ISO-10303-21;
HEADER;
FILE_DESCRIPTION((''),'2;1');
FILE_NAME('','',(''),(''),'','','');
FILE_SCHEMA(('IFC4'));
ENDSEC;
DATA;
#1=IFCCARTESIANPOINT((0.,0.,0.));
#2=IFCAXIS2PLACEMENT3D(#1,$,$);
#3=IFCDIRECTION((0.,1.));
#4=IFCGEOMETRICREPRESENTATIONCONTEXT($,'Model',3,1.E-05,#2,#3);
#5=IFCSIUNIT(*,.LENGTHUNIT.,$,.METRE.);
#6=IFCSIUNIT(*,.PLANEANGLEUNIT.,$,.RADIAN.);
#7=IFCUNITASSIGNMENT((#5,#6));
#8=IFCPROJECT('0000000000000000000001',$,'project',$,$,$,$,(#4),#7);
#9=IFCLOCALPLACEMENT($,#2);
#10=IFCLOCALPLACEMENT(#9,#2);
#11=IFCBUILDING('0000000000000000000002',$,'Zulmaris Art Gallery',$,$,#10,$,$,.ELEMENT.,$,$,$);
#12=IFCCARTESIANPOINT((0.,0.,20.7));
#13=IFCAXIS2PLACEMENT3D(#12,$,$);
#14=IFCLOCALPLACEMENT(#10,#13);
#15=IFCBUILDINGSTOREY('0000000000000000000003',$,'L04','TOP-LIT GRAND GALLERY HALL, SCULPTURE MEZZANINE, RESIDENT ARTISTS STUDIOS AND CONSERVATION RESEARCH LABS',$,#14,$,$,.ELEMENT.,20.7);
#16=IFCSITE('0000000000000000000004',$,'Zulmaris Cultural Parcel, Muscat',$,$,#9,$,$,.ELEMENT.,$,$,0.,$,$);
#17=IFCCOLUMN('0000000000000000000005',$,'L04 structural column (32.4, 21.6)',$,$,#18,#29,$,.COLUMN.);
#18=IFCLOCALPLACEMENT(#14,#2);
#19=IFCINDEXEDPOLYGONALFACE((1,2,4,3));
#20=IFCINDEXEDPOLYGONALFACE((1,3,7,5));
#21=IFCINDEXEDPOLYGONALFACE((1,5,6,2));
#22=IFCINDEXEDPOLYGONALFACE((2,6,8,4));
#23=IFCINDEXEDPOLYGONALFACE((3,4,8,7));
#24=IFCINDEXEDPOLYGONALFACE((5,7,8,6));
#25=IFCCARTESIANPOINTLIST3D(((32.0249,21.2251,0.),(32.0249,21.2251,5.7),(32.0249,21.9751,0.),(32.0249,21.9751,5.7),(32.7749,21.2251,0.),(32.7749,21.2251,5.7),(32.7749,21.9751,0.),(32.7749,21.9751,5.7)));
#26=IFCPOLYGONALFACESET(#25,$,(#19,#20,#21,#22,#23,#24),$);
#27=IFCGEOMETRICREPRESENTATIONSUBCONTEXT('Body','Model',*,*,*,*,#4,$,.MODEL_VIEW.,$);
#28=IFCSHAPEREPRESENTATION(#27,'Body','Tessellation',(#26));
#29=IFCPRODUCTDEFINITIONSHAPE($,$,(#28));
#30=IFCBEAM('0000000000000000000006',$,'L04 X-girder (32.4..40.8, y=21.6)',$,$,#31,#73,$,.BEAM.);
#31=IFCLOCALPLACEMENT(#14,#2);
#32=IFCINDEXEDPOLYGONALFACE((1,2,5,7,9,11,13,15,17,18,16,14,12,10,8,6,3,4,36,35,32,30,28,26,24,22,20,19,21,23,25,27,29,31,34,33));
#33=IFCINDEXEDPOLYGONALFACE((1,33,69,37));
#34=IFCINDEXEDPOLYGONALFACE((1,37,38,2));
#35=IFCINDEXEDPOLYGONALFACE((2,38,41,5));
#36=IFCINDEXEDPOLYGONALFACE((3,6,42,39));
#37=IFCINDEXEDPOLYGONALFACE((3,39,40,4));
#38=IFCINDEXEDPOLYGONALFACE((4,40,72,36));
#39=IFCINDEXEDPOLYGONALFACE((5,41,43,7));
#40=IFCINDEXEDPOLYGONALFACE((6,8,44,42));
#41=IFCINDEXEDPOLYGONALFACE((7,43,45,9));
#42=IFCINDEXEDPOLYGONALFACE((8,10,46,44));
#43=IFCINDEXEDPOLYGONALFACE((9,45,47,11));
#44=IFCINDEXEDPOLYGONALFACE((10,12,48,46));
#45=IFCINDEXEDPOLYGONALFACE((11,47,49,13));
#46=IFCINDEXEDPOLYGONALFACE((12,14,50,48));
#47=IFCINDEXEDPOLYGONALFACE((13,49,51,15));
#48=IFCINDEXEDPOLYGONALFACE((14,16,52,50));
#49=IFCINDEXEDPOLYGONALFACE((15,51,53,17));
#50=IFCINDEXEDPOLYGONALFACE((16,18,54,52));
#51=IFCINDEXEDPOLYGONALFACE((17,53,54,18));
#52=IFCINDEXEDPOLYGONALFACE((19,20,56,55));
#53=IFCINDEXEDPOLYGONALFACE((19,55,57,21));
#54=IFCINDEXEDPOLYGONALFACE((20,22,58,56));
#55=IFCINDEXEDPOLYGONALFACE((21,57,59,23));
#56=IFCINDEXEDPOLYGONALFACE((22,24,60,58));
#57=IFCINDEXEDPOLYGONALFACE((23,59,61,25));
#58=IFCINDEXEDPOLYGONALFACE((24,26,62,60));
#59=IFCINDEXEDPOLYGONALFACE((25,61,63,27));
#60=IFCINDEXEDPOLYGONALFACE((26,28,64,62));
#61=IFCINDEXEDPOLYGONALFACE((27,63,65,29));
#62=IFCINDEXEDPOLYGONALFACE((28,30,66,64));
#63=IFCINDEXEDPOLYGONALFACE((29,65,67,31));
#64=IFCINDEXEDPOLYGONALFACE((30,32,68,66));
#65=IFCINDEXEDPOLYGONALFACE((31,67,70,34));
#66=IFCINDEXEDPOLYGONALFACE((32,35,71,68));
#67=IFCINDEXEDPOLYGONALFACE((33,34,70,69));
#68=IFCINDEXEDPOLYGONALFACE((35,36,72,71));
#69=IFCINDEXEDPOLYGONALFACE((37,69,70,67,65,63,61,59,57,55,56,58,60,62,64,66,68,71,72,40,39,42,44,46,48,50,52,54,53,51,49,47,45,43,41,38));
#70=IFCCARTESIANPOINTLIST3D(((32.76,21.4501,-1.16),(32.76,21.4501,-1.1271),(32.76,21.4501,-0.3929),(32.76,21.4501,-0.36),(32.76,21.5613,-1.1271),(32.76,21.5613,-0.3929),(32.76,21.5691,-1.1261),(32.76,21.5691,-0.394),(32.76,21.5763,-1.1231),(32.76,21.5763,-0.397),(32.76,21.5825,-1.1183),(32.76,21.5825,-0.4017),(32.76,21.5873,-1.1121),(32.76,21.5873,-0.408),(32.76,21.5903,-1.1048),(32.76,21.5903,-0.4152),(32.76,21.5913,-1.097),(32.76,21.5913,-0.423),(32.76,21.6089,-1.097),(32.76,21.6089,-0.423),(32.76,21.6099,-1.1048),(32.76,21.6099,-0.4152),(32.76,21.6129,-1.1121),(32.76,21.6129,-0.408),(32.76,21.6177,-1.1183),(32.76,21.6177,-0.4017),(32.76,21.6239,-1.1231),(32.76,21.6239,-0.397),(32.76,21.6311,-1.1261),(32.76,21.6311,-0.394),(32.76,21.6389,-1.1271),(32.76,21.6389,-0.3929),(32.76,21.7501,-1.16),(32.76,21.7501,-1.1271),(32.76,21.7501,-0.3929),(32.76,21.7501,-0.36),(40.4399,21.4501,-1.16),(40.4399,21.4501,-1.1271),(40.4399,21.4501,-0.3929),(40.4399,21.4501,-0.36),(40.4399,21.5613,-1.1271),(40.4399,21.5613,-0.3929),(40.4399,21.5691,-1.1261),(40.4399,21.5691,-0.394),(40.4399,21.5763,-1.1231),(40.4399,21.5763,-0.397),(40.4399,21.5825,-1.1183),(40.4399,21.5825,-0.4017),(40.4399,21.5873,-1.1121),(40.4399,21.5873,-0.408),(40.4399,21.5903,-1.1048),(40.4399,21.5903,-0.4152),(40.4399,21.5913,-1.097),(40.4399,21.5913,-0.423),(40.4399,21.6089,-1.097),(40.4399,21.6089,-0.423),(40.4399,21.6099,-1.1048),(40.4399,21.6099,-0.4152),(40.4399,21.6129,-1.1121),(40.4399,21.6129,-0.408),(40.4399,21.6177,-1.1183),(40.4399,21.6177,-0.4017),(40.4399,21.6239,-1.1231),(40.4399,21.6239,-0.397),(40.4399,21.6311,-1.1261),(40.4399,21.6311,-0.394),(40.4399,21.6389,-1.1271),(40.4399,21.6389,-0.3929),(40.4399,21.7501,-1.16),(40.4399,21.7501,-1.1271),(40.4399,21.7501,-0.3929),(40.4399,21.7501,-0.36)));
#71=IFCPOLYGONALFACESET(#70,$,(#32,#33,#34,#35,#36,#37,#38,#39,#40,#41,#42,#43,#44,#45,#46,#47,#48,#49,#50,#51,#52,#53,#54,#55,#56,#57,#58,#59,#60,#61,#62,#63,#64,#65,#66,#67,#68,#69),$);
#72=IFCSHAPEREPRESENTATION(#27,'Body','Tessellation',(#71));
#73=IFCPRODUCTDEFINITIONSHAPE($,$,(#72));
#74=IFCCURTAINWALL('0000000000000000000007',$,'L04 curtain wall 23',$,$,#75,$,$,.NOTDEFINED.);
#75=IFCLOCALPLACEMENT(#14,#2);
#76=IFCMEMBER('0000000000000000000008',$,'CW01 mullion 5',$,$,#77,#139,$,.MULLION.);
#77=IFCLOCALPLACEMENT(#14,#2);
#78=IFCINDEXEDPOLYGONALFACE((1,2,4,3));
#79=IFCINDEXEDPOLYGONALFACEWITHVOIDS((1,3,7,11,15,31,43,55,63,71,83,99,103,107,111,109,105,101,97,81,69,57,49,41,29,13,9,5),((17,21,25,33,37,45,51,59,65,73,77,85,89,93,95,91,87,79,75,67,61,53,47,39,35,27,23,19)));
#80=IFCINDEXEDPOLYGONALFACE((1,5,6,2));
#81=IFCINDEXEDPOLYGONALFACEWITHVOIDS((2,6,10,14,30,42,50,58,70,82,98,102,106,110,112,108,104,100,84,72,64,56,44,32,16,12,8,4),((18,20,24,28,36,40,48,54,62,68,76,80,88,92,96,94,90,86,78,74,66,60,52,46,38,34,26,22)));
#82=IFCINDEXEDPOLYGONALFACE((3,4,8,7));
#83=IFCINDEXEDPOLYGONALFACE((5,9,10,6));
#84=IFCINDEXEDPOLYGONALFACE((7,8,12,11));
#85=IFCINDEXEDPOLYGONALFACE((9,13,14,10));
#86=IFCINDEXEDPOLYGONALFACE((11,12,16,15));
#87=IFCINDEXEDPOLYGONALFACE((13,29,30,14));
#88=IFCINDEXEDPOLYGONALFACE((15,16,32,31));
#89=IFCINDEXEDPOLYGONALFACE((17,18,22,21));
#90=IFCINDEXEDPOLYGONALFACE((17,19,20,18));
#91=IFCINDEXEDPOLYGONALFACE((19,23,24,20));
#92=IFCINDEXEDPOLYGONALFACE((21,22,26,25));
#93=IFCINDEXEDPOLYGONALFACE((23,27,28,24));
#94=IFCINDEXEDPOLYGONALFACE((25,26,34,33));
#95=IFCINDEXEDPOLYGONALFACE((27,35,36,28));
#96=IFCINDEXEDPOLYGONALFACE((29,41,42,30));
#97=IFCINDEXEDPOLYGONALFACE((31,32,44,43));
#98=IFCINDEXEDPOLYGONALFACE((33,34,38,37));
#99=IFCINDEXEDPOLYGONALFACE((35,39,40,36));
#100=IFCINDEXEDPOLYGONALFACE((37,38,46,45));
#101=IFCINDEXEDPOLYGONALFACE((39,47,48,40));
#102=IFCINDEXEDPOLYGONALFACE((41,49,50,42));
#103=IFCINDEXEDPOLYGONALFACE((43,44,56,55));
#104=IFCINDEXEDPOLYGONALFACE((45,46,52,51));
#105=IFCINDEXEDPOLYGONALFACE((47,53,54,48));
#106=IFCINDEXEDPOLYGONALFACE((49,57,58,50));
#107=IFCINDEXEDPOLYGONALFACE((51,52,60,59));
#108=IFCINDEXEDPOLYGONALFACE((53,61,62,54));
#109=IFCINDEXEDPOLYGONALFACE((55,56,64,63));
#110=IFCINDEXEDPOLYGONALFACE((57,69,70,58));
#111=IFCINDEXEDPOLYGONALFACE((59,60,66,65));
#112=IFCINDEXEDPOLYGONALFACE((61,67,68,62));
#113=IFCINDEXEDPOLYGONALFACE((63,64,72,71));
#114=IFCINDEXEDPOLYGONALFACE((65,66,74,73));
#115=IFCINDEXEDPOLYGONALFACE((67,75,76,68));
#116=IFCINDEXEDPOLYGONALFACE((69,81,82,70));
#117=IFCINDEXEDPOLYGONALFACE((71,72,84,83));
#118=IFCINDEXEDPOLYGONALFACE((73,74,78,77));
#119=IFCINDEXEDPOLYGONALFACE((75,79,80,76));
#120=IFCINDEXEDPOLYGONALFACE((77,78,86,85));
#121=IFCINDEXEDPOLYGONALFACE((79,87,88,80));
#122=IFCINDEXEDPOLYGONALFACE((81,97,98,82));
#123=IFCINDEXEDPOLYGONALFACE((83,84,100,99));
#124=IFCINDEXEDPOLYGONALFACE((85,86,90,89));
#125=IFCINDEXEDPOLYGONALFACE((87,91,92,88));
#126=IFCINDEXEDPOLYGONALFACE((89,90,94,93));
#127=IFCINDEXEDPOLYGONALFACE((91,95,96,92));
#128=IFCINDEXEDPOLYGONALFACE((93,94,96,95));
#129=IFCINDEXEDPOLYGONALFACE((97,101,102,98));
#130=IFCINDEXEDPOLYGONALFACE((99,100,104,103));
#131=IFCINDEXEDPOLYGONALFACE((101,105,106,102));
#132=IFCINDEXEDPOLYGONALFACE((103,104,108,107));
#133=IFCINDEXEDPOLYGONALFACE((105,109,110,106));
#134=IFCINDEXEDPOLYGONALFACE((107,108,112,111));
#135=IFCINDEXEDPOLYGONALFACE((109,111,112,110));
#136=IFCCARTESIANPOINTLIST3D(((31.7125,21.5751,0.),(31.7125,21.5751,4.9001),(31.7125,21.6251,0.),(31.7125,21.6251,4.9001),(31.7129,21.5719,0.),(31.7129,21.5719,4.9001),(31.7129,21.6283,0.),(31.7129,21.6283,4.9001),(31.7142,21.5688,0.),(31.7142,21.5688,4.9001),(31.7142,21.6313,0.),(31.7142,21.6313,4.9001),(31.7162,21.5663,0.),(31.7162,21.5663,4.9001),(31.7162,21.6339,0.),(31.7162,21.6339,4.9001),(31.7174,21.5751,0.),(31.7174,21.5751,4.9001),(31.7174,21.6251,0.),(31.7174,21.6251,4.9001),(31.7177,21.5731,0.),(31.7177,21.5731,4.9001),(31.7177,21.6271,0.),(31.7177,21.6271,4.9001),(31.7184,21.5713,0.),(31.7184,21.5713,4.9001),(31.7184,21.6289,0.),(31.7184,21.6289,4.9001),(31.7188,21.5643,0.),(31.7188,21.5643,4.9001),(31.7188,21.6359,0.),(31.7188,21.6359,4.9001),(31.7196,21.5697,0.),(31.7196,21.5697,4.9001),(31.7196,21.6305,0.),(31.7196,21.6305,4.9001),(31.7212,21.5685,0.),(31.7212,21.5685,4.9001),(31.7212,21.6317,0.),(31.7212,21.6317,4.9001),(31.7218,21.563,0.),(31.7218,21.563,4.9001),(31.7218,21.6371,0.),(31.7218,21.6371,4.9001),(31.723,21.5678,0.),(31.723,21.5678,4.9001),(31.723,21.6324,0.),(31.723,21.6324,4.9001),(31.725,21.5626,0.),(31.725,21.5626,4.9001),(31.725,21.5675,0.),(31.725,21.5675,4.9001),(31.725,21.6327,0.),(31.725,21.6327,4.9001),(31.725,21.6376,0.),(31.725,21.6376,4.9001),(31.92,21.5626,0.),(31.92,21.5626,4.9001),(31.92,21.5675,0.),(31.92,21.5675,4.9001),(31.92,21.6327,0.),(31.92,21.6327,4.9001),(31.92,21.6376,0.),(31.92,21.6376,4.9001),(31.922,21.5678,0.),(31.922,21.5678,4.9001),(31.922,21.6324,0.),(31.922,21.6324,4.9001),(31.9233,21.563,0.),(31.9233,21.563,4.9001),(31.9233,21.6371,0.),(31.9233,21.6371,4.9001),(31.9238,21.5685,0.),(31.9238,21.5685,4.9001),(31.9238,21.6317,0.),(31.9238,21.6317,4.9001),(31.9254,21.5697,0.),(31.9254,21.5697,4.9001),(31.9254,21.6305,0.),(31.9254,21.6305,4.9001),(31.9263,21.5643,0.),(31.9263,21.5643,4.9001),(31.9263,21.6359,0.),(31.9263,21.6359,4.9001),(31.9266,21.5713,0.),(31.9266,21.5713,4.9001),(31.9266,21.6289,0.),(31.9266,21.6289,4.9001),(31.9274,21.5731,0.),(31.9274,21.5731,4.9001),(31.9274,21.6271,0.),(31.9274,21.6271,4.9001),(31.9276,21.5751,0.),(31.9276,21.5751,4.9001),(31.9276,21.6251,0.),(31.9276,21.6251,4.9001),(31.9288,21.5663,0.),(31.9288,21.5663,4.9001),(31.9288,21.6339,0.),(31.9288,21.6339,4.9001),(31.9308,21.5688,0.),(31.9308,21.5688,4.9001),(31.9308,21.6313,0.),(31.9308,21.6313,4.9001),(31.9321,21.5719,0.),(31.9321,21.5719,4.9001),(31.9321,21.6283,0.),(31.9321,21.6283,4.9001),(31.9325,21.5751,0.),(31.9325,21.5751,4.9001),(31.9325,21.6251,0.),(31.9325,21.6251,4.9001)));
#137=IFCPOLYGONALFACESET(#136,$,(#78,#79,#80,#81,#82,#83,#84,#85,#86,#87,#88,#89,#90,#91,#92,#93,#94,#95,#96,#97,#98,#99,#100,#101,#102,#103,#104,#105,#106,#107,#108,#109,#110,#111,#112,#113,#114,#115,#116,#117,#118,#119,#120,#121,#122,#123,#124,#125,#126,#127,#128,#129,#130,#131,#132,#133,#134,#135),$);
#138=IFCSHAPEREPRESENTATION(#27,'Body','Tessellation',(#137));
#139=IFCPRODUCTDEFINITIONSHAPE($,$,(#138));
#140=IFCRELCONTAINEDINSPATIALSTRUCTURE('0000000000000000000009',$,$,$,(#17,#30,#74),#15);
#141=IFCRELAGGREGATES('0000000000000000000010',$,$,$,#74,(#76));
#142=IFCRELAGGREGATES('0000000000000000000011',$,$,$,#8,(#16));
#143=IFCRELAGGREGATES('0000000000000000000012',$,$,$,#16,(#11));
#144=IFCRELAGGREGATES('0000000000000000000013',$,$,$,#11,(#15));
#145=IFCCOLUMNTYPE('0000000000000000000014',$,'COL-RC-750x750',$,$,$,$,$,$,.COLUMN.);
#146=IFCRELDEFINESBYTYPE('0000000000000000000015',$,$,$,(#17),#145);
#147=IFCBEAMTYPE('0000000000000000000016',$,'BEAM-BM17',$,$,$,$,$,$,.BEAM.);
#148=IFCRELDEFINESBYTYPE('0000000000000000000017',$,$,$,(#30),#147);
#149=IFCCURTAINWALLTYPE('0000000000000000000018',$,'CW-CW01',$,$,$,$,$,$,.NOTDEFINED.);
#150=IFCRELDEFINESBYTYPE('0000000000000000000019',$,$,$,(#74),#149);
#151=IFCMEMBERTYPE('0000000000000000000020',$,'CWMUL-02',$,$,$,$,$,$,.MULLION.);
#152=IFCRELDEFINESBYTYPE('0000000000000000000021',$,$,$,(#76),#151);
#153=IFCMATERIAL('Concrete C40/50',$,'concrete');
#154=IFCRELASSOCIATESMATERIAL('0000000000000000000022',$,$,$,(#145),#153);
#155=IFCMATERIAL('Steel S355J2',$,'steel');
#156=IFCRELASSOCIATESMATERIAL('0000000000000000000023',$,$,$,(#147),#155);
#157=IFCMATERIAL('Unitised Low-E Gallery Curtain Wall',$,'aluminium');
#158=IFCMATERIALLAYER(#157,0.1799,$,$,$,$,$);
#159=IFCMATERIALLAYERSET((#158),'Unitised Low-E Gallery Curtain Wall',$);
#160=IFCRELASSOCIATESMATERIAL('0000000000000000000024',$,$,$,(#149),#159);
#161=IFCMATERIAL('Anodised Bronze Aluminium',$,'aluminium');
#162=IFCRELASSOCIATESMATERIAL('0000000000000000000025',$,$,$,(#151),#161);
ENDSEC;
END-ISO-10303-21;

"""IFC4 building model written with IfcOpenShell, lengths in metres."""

from ifc_helpers import new_model, si_unit, direction, frame, origin, origin_2d, place, context, subcontext, project, spatial, rectangle, hollow_rectangle, i_section, extrude, material, layer, layer_set, material_profile, profile_set, type_object, element, aggregate, save


model = new_model("IFC4")

# Units and contexts
model_context = context("Model", 3, precision=1e-05, world=origin(), true_north=direction((0.0, 1.0)))
body_context = subcontext(model_context, "Body", "Model", "MODEL_VIEW")
ifc_project = project(units=[si_unit("LENGTHUNIT", "METRE"), si_unit("PLANEANGLEUNIT", "RADIAN")], contexts=[model_context])

# Site, building, storey
site_placement = place(None, origin())
site = spatial("IfcSite", under=ifc_project, at=site_placement, Name="Zulmaris Cultural Parcel, Muscat", CompositionType="ELEMENT", RefElevation=0.0)
building_placement = place(site_placement, origin())
building = spatial("IfcBuilding", under=site, at=building_placement, Name="Zulmaris Art Gallery", CompositionType="ELEMENT")
storey_placement = place(building_placement, frame((0.0, 0.0, 20.7)))
storey = spatial("IfcBuildingStorey", under=building, at=storey_placement, Name="L04", Description="TOP-LIT GRAND GALLERY HALL, SCULPTURE MEZZANINE, RESIDENT ARTISTS STUDIOS AND CONSERVATION RESEARCH LABS", CompositionType="ELEMENT", Elevation=20.7)

# Column
ifc_material_1 = material(Name="Concrete C40/50", Category="concrete")
ifc_material_profile_1 = material_profile(ifc_material_1, rectangle(XDim=0.75, YDim=0.75, at=origin_2d()), Name="RC 750x750")
ifc_profile_set_1 = profile_set([ifc_material_profile_1], Name="Concrete C40/50")
column_type = type_object("IfcColumnType", Name="COL-RC-750x750", PredefinedType="COLUMN", material=ifc_profile_set_1)
column_placement = place(storey_placement, frame((32.3999, 21.6001, 0.0), z_axis=(0.0, 0.0, 1.0), x_axis=(1.0, 0.0, 0.0)))
element("IfcColumn", 1, at=column_placement, inside=storey, type_object=column_type, Name="L04 structural column (32.4, 21.6)", PredefinedType="COLUMN", context=body_context, shape_type="SweptSolid", body=[
    extrude(rectangle(XDim=0.75, YDim=0.75, at=origin_2d()), origin(), (0.0, 0.0, 1.0), 5.7),
])

# Beam
ifc_material_2 = material(Name="Steel S355J2", Category="steel")
ifc_material_profile_2 = material_profile(ifc_material_2, i_section(OverallWidth=0.3, OverallDepth=0.8, WebThickness=0.0176, FlangeThickness=0.033, FilletRadius=0.03, at=origin_2d()), Name="HEB 800")
ifc_profile_set_2 = profile_set([ifc_material_profile_2], Name="Steel S355J2")
beam_type = type_object("IfcBeamType", Name="BEAM-BM17", PredefinedType="BEAM", material=ifc_profile_set_2)
beam_placement = place(storey_placement, frame((32.76, 21.6001, -0.76), z_axis=(1.0, 0.0, 0.0), x_axis=(0.0, 1.0, 0.0)))
element("IfcBeam", 2, at=beam_placement, inside=storey, type_object=beam_type, Name="L04 X-girder (32.4..40.8, y=21.6)", PredefinedType="BEAM", context=body_context, shape_type="SweptSolid", body=[
    extrude(i_section(OverallWidth=0.3, OverallDepth=0.8, WebThickness=0.0176, FlangeThickness=0.033, FilletRadius=0.03, at=origin_2d()), origin(), (0.0, 0.0, 1.0), 7.6799),
])

# Curtain wall, member
ifc_material_3 = material(Name="Unitised Low-E Gallery Curtain Wall", Category="aluminium")
ifc_layer_1 = layer(ifc_material_3, 0.1799)
ifc_layer_set_1 = layer_set([ifc_layer_1], Name="Unitised Low-E Gallery Curtain Wall")
curtain_wall_type_1 = type_object("IfcCurtainWallType", Name="CW-CW01", PredefinedType="NOTDEFINED", material=ifc_layer_set_1)
curtain_wall_1_placement = place(storey_placement, origin())
curtain_wall_1 = element("IfcCurtainWall", 3, at=curtain_wall_1_placement, inside=storey, type_object=curtain_wall_type_1, Name="L04 curtain wall 23", PredefinedType="NOTDEFINED")
ifc_material_4 = material(Name="Anodised Bronze Aluminium", Category="aluminium")
ifc_material_profile_3 = material_profile(ifc_material_4, hollow_rectangle(XDim=0.075, YDim=0.22, WallThickness=0.0049, InnerFilletRadius=0.0076, OuterFilletRadius=0.0125, at=origin_2d()), Name="ALU 75x220x5")
ifc_profile_set_3 = profile_set([ifc_material_profile_3], Name="Anodised Bronze Aluminium")
member_type_1 = type_object("IfcMemberType", Name="CWMUL-02", PredefinedType="MULLION", material=ifc_profile_set_3)
member_1_placement = place(storey_placement, frame((31.8225, 21.6001, 0.0), z_axis=(0.0, 0.0, 1.0), x_axis=(0.0, 1.0, 0.0)))
member_1 = element("IfcMember", 4, at=member_1_placement, type_object=member_type_1, Name="CW01 mullion 5", PredefinedType="MULLION", context=body_context, shape_type="SweptSolid", body=[
    extrude(hollow_rectangle(XDim=0.075, YDim=0.22, WallThickness=0.0049, InnerFilletRadius=0.0076, OuterFilletRadius=0.0125, at=origin_2d()), origin(), (0.0, 0.0, 1.0), 4.9001),
])

aggregate(curtain_wall_1, [member_1])

save(model, "model.ifc")
